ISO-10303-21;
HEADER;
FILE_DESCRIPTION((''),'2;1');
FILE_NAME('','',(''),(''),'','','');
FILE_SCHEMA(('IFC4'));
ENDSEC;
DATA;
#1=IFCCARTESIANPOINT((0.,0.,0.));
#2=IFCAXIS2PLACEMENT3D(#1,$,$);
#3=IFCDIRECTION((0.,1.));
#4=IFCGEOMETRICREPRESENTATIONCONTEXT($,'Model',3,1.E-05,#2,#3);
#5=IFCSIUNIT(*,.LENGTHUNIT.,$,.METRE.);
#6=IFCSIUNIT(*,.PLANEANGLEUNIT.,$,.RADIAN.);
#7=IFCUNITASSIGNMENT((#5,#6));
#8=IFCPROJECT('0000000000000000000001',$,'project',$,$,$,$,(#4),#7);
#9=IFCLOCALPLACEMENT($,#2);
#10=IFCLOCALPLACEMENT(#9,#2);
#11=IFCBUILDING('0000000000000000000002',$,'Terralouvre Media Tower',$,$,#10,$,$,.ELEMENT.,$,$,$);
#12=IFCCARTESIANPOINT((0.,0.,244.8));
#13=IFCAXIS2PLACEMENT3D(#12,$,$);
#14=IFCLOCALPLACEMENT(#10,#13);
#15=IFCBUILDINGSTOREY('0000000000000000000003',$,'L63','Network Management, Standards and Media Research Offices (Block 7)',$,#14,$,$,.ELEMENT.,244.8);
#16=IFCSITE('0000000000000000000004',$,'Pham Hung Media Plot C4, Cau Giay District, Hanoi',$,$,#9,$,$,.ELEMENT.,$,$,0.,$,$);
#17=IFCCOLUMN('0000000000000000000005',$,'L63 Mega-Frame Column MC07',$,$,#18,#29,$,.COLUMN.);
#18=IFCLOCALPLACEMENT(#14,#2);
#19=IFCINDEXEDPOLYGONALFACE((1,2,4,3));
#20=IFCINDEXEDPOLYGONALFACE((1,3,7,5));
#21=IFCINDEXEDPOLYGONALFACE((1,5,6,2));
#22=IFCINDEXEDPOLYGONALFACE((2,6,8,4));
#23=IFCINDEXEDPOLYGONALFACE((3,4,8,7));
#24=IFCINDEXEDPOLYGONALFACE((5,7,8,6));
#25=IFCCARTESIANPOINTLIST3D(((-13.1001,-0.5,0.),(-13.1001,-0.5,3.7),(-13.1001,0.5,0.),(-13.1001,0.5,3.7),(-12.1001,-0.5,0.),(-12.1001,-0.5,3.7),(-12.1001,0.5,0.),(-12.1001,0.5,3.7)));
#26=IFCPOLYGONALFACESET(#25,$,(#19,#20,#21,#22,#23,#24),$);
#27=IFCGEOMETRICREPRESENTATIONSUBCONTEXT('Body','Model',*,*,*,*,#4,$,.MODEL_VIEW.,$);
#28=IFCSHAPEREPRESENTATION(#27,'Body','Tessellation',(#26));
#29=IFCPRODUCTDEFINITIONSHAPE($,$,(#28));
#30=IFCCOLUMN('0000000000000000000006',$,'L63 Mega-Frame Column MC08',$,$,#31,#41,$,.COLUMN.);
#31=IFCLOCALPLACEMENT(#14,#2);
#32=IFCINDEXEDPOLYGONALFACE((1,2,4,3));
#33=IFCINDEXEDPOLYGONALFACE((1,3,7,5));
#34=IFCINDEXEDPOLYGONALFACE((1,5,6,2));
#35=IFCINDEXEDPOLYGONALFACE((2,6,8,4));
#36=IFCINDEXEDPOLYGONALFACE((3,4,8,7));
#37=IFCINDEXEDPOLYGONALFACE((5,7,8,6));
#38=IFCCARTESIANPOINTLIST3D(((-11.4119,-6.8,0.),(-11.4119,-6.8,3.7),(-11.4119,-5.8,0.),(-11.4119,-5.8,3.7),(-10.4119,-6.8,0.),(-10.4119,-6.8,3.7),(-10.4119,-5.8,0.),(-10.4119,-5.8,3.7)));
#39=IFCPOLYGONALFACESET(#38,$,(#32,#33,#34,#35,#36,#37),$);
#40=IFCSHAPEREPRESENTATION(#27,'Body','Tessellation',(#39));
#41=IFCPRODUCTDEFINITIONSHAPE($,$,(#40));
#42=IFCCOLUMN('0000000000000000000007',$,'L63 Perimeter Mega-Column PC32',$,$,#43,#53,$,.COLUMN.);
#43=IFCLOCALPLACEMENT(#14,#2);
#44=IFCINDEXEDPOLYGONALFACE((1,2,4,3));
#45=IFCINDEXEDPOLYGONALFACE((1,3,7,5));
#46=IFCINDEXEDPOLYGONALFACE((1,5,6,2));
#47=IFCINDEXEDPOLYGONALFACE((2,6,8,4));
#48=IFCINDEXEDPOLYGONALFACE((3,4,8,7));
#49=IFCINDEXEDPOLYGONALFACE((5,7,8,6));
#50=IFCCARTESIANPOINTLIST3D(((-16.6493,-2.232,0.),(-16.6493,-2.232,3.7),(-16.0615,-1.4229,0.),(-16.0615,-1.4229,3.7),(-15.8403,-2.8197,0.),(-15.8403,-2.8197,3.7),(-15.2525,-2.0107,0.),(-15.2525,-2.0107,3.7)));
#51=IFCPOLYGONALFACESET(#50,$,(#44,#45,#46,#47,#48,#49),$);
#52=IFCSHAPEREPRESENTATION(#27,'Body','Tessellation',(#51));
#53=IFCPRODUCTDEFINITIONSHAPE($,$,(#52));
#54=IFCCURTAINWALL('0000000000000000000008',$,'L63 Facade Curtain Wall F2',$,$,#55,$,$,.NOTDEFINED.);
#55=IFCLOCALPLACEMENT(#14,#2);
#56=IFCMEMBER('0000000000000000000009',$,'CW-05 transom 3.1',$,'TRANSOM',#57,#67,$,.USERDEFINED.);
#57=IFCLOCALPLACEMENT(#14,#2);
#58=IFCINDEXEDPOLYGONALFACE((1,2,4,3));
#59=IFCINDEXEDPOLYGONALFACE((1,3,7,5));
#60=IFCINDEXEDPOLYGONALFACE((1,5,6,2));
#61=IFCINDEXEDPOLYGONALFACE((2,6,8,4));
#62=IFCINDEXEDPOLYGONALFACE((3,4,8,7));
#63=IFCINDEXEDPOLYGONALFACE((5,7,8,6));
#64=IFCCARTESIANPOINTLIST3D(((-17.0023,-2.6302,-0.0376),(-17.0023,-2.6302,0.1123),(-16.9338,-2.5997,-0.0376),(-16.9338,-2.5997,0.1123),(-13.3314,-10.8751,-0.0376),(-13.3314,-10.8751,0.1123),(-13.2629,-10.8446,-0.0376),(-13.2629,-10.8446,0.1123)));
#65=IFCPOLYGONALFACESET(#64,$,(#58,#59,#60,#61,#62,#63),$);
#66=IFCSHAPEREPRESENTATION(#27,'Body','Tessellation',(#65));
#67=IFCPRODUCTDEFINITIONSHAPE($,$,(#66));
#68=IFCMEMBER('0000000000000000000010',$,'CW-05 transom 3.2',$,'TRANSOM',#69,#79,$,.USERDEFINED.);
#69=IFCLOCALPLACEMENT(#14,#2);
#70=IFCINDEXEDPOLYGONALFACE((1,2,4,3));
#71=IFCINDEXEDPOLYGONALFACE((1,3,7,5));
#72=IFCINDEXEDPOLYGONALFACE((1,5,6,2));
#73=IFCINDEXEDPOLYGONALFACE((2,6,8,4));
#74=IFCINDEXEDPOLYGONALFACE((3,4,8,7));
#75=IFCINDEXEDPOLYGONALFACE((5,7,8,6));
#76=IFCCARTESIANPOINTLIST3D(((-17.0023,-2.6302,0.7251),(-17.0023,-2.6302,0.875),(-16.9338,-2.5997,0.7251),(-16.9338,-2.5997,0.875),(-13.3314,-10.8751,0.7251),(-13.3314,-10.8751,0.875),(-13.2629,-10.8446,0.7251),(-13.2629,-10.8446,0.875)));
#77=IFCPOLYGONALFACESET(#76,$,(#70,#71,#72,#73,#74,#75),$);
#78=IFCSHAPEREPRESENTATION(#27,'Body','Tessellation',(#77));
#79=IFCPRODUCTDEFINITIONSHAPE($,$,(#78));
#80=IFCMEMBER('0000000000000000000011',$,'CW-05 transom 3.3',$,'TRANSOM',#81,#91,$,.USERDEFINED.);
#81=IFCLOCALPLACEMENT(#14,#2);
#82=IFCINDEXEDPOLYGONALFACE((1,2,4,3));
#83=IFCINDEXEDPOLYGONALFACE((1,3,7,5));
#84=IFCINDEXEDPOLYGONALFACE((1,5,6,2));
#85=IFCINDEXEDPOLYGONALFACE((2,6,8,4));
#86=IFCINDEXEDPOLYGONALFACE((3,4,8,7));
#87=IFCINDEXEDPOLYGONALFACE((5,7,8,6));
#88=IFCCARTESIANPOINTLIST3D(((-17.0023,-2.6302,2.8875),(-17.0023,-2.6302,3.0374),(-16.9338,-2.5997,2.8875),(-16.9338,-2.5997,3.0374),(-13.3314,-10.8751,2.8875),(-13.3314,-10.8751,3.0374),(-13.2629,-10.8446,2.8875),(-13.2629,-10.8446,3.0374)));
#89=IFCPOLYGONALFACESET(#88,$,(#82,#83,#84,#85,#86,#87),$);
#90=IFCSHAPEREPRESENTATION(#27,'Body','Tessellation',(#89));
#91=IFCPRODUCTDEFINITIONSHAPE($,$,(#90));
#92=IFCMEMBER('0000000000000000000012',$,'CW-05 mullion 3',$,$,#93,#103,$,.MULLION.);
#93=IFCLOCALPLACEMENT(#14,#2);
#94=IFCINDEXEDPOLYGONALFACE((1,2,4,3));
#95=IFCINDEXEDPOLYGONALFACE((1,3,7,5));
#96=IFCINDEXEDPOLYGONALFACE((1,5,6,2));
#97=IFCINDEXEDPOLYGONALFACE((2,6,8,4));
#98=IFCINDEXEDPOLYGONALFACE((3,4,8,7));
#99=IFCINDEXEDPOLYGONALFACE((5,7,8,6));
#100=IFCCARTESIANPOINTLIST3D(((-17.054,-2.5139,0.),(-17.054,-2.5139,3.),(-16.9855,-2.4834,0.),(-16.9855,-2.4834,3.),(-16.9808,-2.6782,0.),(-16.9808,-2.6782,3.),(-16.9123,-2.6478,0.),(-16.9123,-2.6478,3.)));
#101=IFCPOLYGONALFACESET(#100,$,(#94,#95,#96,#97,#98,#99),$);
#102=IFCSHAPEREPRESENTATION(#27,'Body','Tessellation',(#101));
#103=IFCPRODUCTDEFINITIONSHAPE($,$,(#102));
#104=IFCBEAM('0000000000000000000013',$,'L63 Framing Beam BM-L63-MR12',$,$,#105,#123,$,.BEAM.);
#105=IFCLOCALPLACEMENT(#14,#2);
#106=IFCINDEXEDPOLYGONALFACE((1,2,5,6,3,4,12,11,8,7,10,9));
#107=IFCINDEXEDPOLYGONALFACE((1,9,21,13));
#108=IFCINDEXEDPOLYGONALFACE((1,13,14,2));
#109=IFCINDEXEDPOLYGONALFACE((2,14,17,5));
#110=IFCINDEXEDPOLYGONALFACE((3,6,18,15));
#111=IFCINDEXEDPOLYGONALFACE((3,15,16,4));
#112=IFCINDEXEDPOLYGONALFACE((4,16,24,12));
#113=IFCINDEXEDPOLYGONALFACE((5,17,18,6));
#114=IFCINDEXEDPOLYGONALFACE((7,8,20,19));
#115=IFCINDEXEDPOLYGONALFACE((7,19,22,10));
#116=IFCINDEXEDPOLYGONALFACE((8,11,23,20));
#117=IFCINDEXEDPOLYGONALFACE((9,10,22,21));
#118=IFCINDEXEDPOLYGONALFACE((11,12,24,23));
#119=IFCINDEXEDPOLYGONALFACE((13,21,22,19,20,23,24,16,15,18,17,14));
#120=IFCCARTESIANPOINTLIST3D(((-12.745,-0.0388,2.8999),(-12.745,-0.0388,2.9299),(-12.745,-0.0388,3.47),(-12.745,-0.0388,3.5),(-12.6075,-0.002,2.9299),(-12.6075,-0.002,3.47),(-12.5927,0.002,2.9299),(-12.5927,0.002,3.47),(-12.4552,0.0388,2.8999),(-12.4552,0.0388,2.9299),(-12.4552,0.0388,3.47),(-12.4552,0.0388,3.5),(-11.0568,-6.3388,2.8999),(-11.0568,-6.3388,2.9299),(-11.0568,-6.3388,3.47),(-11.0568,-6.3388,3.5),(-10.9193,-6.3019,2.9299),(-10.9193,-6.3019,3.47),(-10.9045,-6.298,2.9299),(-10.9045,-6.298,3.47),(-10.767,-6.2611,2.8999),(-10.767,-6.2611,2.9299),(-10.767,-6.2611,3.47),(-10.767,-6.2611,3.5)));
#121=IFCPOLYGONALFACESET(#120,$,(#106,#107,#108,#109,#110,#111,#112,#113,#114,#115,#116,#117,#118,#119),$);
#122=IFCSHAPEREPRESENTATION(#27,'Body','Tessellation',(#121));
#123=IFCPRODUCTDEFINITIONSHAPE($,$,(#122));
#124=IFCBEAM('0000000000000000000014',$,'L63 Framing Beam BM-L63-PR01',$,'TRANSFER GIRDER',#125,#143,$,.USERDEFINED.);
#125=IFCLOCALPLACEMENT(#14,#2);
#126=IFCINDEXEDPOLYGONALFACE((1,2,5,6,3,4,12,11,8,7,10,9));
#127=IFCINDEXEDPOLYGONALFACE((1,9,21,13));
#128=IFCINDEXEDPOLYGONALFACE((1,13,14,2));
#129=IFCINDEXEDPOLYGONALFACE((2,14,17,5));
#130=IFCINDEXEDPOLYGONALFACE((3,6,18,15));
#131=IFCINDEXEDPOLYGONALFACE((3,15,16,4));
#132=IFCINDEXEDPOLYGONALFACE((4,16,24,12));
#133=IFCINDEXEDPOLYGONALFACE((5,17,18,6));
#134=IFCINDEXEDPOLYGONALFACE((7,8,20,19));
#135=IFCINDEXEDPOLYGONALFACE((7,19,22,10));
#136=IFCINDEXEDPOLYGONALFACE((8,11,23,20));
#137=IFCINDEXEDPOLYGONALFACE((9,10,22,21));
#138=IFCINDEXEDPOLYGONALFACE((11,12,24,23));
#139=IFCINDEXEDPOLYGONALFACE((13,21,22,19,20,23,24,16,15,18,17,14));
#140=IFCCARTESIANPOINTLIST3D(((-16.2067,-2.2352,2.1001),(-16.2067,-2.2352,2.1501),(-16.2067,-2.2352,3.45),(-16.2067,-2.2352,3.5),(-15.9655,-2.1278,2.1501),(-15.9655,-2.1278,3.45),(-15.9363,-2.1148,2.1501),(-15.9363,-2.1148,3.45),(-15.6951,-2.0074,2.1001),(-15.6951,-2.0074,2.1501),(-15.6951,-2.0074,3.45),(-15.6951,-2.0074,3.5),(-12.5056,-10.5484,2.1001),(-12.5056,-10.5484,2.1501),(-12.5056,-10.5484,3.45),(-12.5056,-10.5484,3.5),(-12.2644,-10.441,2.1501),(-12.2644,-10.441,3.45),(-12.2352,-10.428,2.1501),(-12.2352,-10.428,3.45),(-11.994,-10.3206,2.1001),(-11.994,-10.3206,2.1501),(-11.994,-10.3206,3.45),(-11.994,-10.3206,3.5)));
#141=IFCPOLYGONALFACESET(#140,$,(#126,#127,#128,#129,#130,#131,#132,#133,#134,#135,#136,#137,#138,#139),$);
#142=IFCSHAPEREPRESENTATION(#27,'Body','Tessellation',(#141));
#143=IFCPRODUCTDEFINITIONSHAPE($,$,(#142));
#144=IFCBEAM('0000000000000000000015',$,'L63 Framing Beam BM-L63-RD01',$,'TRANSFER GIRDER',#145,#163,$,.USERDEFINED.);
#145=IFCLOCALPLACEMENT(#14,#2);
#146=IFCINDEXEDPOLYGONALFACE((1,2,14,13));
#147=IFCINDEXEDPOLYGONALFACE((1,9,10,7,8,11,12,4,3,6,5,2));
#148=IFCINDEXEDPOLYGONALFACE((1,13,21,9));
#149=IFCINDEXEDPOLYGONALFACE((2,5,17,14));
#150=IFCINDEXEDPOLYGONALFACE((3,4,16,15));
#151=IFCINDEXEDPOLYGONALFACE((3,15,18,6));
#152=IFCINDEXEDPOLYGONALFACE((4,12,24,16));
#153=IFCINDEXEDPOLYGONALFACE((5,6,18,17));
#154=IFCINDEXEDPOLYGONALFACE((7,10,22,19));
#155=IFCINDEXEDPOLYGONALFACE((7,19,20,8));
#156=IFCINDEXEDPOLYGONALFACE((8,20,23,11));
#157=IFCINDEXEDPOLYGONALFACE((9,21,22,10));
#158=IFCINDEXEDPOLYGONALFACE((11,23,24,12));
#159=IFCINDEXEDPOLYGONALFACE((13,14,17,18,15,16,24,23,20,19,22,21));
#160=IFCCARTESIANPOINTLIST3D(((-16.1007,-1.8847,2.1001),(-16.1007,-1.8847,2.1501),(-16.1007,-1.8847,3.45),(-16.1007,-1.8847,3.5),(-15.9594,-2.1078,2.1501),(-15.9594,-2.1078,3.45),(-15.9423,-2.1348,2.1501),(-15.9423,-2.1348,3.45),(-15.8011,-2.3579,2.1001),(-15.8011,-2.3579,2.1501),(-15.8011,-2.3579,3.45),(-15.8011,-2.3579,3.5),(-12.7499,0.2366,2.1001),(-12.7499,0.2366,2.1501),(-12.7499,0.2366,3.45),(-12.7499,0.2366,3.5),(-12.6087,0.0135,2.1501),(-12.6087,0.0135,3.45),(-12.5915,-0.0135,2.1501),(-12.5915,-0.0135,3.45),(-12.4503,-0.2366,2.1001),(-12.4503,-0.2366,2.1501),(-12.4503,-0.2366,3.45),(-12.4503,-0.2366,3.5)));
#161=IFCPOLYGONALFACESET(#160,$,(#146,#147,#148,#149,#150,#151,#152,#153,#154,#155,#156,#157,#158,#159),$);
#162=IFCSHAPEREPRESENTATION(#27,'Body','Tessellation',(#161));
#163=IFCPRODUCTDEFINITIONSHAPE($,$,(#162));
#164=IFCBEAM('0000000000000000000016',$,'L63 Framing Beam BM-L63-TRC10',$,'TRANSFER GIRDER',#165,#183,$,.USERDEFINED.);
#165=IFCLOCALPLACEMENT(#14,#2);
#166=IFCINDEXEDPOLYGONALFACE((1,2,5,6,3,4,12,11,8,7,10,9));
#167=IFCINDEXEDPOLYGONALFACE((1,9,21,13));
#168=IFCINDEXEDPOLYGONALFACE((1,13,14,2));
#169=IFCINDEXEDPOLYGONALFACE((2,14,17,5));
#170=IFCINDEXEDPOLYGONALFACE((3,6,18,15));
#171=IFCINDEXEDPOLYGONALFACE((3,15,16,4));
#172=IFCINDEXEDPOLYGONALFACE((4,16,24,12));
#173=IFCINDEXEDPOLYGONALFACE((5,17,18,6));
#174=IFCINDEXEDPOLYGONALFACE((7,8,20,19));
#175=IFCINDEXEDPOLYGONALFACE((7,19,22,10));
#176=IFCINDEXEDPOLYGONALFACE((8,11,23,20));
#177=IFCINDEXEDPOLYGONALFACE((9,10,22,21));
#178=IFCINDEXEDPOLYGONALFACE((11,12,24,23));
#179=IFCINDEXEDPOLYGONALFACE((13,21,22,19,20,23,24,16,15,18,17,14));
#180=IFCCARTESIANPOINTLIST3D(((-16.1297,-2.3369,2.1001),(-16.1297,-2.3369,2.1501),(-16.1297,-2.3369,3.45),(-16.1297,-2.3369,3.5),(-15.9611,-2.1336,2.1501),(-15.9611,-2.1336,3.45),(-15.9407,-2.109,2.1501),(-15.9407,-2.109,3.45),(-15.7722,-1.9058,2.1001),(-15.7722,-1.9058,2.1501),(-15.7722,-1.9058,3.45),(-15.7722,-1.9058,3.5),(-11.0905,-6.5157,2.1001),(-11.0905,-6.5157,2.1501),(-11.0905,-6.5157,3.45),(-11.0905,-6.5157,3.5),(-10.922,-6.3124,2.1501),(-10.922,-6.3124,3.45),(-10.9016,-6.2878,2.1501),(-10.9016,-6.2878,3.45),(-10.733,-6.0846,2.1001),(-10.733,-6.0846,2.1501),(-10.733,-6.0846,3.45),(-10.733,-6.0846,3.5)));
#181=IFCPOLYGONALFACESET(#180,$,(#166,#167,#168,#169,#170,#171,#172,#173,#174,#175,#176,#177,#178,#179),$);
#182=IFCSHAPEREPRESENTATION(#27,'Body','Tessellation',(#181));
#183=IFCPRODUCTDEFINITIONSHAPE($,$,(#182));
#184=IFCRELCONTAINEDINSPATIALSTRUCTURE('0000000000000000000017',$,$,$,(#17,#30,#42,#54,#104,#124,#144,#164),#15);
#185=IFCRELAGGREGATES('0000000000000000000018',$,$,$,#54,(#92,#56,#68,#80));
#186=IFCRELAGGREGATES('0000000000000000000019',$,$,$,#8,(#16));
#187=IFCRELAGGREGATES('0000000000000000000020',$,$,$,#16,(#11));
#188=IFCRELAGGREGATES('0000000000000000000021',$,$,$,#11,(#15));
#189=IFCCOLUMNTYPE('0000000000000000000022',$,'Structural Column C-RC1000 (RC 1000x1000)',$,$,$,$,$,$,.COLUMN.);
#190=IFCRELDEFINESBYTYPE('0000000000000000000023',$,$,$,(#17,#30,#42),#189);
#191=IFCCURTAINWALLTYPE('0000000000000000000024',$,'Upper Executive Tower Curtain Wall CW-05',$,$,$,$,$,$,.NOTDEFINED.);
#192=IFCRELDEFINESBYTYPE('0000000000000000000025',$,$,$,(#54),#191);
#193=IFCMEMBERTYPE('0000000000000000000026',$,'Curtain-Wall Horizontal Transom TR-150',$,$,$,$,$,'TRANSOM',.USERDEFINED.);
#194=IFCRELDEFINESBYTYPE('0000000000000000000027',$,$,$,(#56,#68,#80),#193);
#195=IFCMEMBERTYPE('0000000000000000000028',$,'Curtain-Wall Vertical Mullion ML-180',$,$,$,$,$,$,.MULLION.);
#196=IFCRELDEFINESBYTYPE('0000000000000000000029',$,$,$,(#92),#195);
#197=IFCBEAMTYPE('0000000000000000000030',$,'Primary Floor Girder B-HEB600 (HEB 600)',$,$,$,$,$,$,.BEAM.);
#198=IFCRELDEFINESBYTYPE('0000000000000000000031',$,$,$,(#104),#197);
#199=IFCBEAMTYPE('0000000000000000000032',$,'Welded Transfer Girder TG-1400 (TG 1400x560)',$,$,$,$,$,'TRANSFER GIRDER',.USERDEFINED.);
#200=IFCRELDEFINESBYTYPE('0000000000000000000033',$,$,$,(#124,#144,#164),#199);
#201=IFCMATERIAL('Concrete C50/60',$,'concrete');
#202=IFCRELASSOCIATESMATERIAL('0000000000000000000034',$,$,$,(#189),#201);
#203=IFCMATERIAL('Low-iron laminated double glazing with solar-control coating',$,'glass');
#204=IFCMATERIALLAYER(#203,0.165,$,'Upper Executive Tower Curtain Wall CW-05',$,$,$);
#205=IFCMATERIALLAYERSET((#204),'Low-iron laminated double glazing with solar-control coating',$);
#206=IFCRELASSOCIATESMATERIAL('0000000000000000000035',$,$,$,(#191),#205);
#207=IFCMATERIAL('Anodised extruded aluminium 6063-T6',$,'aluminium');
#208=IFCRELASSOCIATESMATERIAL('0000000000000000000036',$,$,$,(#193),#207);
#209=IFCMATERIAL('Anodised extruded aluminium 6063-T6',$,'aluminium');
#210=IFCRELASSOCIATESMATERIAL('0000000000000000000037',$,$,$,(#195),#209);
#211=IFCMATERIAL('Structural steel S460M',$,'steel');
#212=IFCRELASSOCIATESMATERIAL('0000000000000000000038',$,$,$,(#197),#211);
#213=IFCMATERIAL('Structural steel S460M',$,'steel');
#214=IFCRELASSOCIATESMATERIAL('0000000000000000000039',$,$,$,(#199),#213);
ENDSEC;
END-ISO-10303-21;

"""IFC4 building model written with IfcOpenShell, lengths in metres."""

from ifc_helpers import new_model, si_unit, direction, frame, origin, origin_2d, place, context, subcontext, project, spatial, rectangle, i_section, extrude, material, layer, layer_set, material_profile, profile_set, type_object, element, aggregate, save


model = new_model("IFC4")

# Units and contexts
model_context = context("Model", 3, precision=1e-05, world=origin(), true_north=direction((0.0, 1.0)))
body_context = subcontext(model_context, "Body", "Model", "MODEL_VIEW")
ifc_project = project(units=[si_unit("LENGTHUNIT", "METRE"), si_unit("PLANEANGLEUNIT", "RADIAN")], contexts=[model_context])

# Site, building, storey
site_placement = place(None, origin())
site = spatial("IfcSite", under=ifc_project, at=site_placement, Name="Pham Hung Media Plot C4, Cau Giay District, Hanoi", CompositionType="ELEMENT", RefElevation=0.0)
building_placement = place(site_placement, origin())
building = spatial("IfcBuilding", under=site, at=building_placement, Name="Terralouvre Media Tower", CompositionType="ELEMENT")
storey_placement = place(building_placement, frame((0.0, 0.0, 244.8)))
storey = spatial("IfcBuildingStorey", under=building, at=storey_placement, Name="L63", Description="Network Management, Standards and Media Research Offices (Block 7)", CompositionType="ELEMENT", Elevation=244.8)

# Columns
ifc_material_1 = material(Name="Concrete C50/60", Category="concrete")
ifc_material_profile_1 = material_profile(ifc_material_1, rectangle(XDim=1.0, YDim=1.0, at=origin_2d()), Name="RC 1000x1000")
ifc_profile_set_1 = profile_set([ifc_material_profile_1], Name="Concrete C50/60")
column_type = type_object("IfcColumnType", Name="Structural Column C-RC1000 (RC 1000x1000)", PredefinedType="COLUMN", material=ifc_profile_set_1)
for number, where, z_axis, x_axis, name in (
    (1, (-12.6001, 0.0, 0.0), (0.0, 0.0, 1.0), (1.0, 0.0, 0.0), "L63 Mega-Frame Column MC07"),
    (2, (-10.9119, -6.3, 0.0), (0.0, 0.0, 1.0), (1.0, 0.0, 0.0), "L63 Mega-Frame Column MC08"),
    (3, (-15.9509, -2.1213, 0.0), (0.0, 0.0, 1.0), (0.587785, 0.809017, 0.0), "L63 Perimeter Mega-Column PC32"),
):
    element("IfcColumn", number, at=place(storey_placement, frame(where, z_axis=z_axis, x_axis=x_axis)), inside=storey, type_object=column_type, Name=name, PredefinedType="COLUMN", context=body_context, shape_type="SweptSolid", body=[
        extrude(rectangle(XDim=1.0, YDim=1.0, at=origin_2d()), origin(), (0.0, 0.0, 1.0), 3.7),
    ])

# Curtain wall, members
ifc_material_2 = material(Name="Low-iron laminated double glazing with solar-control coating", Category="glass")
ifc_layer_1 = layer(ifc_material_2, 0.165, Name="Upper Executive Tower Curtain Wall CW-05")
ifc_layer_set_1 = layer_set([ifc_layer_1], Name="Low-iron laminated double glazing with solar-control coating")
curtain_wall_type = type_object("IfcCurtainWallType", Name="Upper Executive Tower Curtain Wall CW-05", PredefinedType="NOTDEFINED", material=ifc_layer_set_1)
curtain_wall_placement = place(storey_placement, origin())
curtain_wall = element("IfcCurtainWall", 4, at=curtain_wall_placement, inside=storey, type_object=curtain_wall_type, Name="L63 Facade Curtain Wall F2", PredefinedType="NOTDEFINED")
ifc_material_3 = material(Name="Anodised extruded aluminium 6063-T6", Category="aluminium")
ifc_material_profile_2 = material_profile(ifc_material_3, rectangle(XDim=0.075, YDim=0.1499, at=origin_2d()), Name="ALU 75x150")
ifc_profile_set_2 = profile_set([ifc_material_profile_2], Name="Anodised extruded aluminium 6063-T6")
member_type_1 = type_object("IfcMemberType", Name="Curtain-Wall Horizontal Transom TR-150", ElementType="TRANSOM", PredefinedType="USERDEFINED", material=ifc_profile_set_2)
member_1_placement = place(storey_placement, frame((-16.968, -2.615, 0.0374), z_axis=(0.406741, -0.913544, 0.0), x_axis=(0.913544, 0.406741, 0.0)))
member_1 = element("IfcMember", 5, at=member_1_placement, type_object=member_type_1, Name="CW-05 transom 3.1", ObjectType="TRANSOM", PredefinedType="USERDEFINED", context=body_context, shape_type="SweptSolid", body=[
    extrude(rectangle(XDim=0.075, YDim=0.1499, at=origin_2d()), origin(), (0.0, 0.0, 1.0), 9.0251),
])
member_2_placement = place(storey_placement, frame((-16.968, -2.615, 0.8), z_axis=(0.406741, -0.913544, 0.0), x_axis=(0.913544, 0.406741, 0.0)))
member_2 = element("IfcMember", 6, at=member_2_placement, type_object=member_type_1, Name="CW-05 transom 3.2", ObjectType="TRANSOM", PredefinedType="USERDEFINED", context=body_context, shape_type="SweptSolid", body=[
    extrude(rectangle(XDim=0.075, YDim=0.1499, at=origin_2d()), origin(), (0.0, 0.0, 1.0), 9.0251),
])
member_3_placement = place(storey_placement, frame((-16.968, -2.615, 2.9624), z_axis=(0.406741, -0.913544, 0.0), x_axis=(0.913544, 0.406741, 0.0)))
member_3 = element("IfcMember", 7, at=member_3_placement, type_object=member_type_1, Name="CW-05 transom 3.3", ObjectType="TRANSOM", PredefinedType="USERDEFINED", context=body_context, shape_type="SweptSolid", body=[
    extrude(rectangle(XDim=0.075, YDim=0.1499, at=origin_2d()), origin(), (0.0, 0.0, 1.0), 9.0251),
])
ifc_material_4 = material(Name="Anodised extruded aluminium 6063-T6", Category="aluminium")
ifc_material_profile_3 = material_profile(ifc_material_4, rectangle(XDim=0.075, YDim=0.1799, at=origin_2d()), Name="ALU 75x180")
ifc_profile_set_3 = profile_set([ifc_material_profile_3], Name="Anodised extruded aluminium 6063-T6")
member_type_2 = type_object("IfcMemberType", Name="Curtain-Wall Vertical Mullion ML-180", PredefinedType="MULLION", material=ifc_profile_set_3)
member_4_placement = place(storey_placement, frame((-16.9832, -2.5808, 0.0), z_axis=(0.0, 0.0, 1.0), x_axis=(0.913545, 0.406737, 0.0)))
member_4 = element("IfcMember", 8, at=member_4_placement, type_object=member_type_2, Name="CW-05 mullion 3", PredefinedType="MULLION", context=body_context, shape_type="SweptSolid", body=[
    extrude(rectangle(XDim=0.075, YDim=0.1799, at=origin_2d()), origin(), (0.0, 0.0, 1.0), 3.0),
])

# Beams
ifc_material_5 = material(Name="Structural steel S460M", Category="steel")
ifc_material_profile_4 = material_profile(ifc_material_5, i_section(OverallWidth=0.3, OverallDepth=0.6001, WebThickness=0.0154, FlangeThickness=0.03, at=origin_2d()), Name="HEB 600")
ifc_profile_set_4 = profile_set([ifc_material_profile_4], Name="Structural steel S460M")
beam_type_1 = type_object("IfcBeamType", Name="Primary Floor Girder B-HEB600 (HEB 600)", PredefinedType="BEAM", material=ifc_profile_set_4)
beam_1_placement = place(storey_placement, frame((-12.6001, 0.0, 3.2), z_axis=(0.258839, -0.96592, 0.0), x_axis=(0.96592, 0.258839, 0.0)))
element("IfcBeam", 9, at=beam_1_placement, inside=storey, type_object=beam_type_1, Name="L63 Framing Beam BM-L63-MR12", PredefinedType="BEAM", context=body_context, shape_type="SweptSolid", body=[
    extrude(i_section(OverallWidth=0.3, OverallDepth=0.6001, WebThickness=0.0154, FlangeThickness=0.03, at=origin_2d()), origin(), (0.0, 0.0, 1.0), 6.5222),
])
ifc_material_6 = material(Name="Structural steel S460M", Category="steel")
ifc_material_profile_5 = material_profile(ifc_material_6, i_section(OverallWidth=0.5601, OverallDepth=1.3999, WebThickness=0.032, FlangeThickness=0.05, at=origin_2d()), Name="TG 1400x560")
ifc_profile_set_5 = profile_set([ifc_material_profile_5], Name="Structural steel S460M")
beam_type_2 = type_object("IfcBeamType", Name="Welded Transfer Girder TG-1400 (TG 1400x560)", ElementType="TRANSFER GIRDER", PredefinedType="USERDEFINED", material=ifc_profile_set_5)
beam_2_placement = place(storey_placement, frame((-15.9509, -2.1213, 2.8), z_axis=(0.406726, -0.91355, 0.0), x_axis=(0.91355, 0.406726, 0.0)))
element("IfcBeam", 10, at=beam_2_placement, inside=storey, type_object=beam_type_2, Name="L63 Framing Beam BM-L63-PR01", ObjectType="TRANSFER GIRDER", PredefinedType="USERDEFINED", context=body_context, shape_type="SweptSolid", body=[
    extrude(i_section(OverallWidth=0.5601, OverallDepth=1.3999, WebThickness=0.032, FlangeThickness=0.05, at=origin_2d()), origin(), (0.0, 0.0, 1.0), 9.0999),
])
beam_3_placement = place(storey_placement, frame((-12.6001, 0.0, 2.8), z_axis=(-0.844916, -0.534898, 0.0), x_axis=(0.534898, -0.844916, 0.0)))
element("IfcBeam", 11, at=beam_3_placement, inside=storey, type_object=beam_type_2, Name="L63 Framing Beam BM-L63-RD01", ObjectType="TRANSFER GIRDER", PredefinedType="USERDEFINED", context=body_context, shape_type="SweptSolid", body=[
    extrude(i_section(OverallWidth=0.5601, OverallDepth=1.3999, WebThickness=0.032, FlangeThickness=0.05, at=origin_2d()), origin(), (0.0, 0.0, 1.0), 3.9658),
])
beam_4_placement = place(storey_placement, frame((-15.9509, -2.1213, 2.8), z_axis=(0.76976, -0.638334, 0.0), x_axis=(0.638334, 0.76976, 0.0)))
element("IfcBeam", 12, at=beam_4_placement, inside=storey, type_object=beam_type_2, Name="L63 Framing Beam BM-L63-TRC10", ObjectType="TRANSFER GIRDER", PredefinedType="USERDEFINED", context=body_context, shape_type="SweptSolid", body=[
    extrude(i_section(OverallWidth=0.5601, OverallDepth=1.3999, WebThickness=0.032, FlangeThickness=0.05, at=origin_2d()), origin(), (0.0, 0.0, 1.0), 6.5464),
])

aggregate(curtain_wall, [member_4, member_1, member_2, member_3])

save(model, "model.ifc")
